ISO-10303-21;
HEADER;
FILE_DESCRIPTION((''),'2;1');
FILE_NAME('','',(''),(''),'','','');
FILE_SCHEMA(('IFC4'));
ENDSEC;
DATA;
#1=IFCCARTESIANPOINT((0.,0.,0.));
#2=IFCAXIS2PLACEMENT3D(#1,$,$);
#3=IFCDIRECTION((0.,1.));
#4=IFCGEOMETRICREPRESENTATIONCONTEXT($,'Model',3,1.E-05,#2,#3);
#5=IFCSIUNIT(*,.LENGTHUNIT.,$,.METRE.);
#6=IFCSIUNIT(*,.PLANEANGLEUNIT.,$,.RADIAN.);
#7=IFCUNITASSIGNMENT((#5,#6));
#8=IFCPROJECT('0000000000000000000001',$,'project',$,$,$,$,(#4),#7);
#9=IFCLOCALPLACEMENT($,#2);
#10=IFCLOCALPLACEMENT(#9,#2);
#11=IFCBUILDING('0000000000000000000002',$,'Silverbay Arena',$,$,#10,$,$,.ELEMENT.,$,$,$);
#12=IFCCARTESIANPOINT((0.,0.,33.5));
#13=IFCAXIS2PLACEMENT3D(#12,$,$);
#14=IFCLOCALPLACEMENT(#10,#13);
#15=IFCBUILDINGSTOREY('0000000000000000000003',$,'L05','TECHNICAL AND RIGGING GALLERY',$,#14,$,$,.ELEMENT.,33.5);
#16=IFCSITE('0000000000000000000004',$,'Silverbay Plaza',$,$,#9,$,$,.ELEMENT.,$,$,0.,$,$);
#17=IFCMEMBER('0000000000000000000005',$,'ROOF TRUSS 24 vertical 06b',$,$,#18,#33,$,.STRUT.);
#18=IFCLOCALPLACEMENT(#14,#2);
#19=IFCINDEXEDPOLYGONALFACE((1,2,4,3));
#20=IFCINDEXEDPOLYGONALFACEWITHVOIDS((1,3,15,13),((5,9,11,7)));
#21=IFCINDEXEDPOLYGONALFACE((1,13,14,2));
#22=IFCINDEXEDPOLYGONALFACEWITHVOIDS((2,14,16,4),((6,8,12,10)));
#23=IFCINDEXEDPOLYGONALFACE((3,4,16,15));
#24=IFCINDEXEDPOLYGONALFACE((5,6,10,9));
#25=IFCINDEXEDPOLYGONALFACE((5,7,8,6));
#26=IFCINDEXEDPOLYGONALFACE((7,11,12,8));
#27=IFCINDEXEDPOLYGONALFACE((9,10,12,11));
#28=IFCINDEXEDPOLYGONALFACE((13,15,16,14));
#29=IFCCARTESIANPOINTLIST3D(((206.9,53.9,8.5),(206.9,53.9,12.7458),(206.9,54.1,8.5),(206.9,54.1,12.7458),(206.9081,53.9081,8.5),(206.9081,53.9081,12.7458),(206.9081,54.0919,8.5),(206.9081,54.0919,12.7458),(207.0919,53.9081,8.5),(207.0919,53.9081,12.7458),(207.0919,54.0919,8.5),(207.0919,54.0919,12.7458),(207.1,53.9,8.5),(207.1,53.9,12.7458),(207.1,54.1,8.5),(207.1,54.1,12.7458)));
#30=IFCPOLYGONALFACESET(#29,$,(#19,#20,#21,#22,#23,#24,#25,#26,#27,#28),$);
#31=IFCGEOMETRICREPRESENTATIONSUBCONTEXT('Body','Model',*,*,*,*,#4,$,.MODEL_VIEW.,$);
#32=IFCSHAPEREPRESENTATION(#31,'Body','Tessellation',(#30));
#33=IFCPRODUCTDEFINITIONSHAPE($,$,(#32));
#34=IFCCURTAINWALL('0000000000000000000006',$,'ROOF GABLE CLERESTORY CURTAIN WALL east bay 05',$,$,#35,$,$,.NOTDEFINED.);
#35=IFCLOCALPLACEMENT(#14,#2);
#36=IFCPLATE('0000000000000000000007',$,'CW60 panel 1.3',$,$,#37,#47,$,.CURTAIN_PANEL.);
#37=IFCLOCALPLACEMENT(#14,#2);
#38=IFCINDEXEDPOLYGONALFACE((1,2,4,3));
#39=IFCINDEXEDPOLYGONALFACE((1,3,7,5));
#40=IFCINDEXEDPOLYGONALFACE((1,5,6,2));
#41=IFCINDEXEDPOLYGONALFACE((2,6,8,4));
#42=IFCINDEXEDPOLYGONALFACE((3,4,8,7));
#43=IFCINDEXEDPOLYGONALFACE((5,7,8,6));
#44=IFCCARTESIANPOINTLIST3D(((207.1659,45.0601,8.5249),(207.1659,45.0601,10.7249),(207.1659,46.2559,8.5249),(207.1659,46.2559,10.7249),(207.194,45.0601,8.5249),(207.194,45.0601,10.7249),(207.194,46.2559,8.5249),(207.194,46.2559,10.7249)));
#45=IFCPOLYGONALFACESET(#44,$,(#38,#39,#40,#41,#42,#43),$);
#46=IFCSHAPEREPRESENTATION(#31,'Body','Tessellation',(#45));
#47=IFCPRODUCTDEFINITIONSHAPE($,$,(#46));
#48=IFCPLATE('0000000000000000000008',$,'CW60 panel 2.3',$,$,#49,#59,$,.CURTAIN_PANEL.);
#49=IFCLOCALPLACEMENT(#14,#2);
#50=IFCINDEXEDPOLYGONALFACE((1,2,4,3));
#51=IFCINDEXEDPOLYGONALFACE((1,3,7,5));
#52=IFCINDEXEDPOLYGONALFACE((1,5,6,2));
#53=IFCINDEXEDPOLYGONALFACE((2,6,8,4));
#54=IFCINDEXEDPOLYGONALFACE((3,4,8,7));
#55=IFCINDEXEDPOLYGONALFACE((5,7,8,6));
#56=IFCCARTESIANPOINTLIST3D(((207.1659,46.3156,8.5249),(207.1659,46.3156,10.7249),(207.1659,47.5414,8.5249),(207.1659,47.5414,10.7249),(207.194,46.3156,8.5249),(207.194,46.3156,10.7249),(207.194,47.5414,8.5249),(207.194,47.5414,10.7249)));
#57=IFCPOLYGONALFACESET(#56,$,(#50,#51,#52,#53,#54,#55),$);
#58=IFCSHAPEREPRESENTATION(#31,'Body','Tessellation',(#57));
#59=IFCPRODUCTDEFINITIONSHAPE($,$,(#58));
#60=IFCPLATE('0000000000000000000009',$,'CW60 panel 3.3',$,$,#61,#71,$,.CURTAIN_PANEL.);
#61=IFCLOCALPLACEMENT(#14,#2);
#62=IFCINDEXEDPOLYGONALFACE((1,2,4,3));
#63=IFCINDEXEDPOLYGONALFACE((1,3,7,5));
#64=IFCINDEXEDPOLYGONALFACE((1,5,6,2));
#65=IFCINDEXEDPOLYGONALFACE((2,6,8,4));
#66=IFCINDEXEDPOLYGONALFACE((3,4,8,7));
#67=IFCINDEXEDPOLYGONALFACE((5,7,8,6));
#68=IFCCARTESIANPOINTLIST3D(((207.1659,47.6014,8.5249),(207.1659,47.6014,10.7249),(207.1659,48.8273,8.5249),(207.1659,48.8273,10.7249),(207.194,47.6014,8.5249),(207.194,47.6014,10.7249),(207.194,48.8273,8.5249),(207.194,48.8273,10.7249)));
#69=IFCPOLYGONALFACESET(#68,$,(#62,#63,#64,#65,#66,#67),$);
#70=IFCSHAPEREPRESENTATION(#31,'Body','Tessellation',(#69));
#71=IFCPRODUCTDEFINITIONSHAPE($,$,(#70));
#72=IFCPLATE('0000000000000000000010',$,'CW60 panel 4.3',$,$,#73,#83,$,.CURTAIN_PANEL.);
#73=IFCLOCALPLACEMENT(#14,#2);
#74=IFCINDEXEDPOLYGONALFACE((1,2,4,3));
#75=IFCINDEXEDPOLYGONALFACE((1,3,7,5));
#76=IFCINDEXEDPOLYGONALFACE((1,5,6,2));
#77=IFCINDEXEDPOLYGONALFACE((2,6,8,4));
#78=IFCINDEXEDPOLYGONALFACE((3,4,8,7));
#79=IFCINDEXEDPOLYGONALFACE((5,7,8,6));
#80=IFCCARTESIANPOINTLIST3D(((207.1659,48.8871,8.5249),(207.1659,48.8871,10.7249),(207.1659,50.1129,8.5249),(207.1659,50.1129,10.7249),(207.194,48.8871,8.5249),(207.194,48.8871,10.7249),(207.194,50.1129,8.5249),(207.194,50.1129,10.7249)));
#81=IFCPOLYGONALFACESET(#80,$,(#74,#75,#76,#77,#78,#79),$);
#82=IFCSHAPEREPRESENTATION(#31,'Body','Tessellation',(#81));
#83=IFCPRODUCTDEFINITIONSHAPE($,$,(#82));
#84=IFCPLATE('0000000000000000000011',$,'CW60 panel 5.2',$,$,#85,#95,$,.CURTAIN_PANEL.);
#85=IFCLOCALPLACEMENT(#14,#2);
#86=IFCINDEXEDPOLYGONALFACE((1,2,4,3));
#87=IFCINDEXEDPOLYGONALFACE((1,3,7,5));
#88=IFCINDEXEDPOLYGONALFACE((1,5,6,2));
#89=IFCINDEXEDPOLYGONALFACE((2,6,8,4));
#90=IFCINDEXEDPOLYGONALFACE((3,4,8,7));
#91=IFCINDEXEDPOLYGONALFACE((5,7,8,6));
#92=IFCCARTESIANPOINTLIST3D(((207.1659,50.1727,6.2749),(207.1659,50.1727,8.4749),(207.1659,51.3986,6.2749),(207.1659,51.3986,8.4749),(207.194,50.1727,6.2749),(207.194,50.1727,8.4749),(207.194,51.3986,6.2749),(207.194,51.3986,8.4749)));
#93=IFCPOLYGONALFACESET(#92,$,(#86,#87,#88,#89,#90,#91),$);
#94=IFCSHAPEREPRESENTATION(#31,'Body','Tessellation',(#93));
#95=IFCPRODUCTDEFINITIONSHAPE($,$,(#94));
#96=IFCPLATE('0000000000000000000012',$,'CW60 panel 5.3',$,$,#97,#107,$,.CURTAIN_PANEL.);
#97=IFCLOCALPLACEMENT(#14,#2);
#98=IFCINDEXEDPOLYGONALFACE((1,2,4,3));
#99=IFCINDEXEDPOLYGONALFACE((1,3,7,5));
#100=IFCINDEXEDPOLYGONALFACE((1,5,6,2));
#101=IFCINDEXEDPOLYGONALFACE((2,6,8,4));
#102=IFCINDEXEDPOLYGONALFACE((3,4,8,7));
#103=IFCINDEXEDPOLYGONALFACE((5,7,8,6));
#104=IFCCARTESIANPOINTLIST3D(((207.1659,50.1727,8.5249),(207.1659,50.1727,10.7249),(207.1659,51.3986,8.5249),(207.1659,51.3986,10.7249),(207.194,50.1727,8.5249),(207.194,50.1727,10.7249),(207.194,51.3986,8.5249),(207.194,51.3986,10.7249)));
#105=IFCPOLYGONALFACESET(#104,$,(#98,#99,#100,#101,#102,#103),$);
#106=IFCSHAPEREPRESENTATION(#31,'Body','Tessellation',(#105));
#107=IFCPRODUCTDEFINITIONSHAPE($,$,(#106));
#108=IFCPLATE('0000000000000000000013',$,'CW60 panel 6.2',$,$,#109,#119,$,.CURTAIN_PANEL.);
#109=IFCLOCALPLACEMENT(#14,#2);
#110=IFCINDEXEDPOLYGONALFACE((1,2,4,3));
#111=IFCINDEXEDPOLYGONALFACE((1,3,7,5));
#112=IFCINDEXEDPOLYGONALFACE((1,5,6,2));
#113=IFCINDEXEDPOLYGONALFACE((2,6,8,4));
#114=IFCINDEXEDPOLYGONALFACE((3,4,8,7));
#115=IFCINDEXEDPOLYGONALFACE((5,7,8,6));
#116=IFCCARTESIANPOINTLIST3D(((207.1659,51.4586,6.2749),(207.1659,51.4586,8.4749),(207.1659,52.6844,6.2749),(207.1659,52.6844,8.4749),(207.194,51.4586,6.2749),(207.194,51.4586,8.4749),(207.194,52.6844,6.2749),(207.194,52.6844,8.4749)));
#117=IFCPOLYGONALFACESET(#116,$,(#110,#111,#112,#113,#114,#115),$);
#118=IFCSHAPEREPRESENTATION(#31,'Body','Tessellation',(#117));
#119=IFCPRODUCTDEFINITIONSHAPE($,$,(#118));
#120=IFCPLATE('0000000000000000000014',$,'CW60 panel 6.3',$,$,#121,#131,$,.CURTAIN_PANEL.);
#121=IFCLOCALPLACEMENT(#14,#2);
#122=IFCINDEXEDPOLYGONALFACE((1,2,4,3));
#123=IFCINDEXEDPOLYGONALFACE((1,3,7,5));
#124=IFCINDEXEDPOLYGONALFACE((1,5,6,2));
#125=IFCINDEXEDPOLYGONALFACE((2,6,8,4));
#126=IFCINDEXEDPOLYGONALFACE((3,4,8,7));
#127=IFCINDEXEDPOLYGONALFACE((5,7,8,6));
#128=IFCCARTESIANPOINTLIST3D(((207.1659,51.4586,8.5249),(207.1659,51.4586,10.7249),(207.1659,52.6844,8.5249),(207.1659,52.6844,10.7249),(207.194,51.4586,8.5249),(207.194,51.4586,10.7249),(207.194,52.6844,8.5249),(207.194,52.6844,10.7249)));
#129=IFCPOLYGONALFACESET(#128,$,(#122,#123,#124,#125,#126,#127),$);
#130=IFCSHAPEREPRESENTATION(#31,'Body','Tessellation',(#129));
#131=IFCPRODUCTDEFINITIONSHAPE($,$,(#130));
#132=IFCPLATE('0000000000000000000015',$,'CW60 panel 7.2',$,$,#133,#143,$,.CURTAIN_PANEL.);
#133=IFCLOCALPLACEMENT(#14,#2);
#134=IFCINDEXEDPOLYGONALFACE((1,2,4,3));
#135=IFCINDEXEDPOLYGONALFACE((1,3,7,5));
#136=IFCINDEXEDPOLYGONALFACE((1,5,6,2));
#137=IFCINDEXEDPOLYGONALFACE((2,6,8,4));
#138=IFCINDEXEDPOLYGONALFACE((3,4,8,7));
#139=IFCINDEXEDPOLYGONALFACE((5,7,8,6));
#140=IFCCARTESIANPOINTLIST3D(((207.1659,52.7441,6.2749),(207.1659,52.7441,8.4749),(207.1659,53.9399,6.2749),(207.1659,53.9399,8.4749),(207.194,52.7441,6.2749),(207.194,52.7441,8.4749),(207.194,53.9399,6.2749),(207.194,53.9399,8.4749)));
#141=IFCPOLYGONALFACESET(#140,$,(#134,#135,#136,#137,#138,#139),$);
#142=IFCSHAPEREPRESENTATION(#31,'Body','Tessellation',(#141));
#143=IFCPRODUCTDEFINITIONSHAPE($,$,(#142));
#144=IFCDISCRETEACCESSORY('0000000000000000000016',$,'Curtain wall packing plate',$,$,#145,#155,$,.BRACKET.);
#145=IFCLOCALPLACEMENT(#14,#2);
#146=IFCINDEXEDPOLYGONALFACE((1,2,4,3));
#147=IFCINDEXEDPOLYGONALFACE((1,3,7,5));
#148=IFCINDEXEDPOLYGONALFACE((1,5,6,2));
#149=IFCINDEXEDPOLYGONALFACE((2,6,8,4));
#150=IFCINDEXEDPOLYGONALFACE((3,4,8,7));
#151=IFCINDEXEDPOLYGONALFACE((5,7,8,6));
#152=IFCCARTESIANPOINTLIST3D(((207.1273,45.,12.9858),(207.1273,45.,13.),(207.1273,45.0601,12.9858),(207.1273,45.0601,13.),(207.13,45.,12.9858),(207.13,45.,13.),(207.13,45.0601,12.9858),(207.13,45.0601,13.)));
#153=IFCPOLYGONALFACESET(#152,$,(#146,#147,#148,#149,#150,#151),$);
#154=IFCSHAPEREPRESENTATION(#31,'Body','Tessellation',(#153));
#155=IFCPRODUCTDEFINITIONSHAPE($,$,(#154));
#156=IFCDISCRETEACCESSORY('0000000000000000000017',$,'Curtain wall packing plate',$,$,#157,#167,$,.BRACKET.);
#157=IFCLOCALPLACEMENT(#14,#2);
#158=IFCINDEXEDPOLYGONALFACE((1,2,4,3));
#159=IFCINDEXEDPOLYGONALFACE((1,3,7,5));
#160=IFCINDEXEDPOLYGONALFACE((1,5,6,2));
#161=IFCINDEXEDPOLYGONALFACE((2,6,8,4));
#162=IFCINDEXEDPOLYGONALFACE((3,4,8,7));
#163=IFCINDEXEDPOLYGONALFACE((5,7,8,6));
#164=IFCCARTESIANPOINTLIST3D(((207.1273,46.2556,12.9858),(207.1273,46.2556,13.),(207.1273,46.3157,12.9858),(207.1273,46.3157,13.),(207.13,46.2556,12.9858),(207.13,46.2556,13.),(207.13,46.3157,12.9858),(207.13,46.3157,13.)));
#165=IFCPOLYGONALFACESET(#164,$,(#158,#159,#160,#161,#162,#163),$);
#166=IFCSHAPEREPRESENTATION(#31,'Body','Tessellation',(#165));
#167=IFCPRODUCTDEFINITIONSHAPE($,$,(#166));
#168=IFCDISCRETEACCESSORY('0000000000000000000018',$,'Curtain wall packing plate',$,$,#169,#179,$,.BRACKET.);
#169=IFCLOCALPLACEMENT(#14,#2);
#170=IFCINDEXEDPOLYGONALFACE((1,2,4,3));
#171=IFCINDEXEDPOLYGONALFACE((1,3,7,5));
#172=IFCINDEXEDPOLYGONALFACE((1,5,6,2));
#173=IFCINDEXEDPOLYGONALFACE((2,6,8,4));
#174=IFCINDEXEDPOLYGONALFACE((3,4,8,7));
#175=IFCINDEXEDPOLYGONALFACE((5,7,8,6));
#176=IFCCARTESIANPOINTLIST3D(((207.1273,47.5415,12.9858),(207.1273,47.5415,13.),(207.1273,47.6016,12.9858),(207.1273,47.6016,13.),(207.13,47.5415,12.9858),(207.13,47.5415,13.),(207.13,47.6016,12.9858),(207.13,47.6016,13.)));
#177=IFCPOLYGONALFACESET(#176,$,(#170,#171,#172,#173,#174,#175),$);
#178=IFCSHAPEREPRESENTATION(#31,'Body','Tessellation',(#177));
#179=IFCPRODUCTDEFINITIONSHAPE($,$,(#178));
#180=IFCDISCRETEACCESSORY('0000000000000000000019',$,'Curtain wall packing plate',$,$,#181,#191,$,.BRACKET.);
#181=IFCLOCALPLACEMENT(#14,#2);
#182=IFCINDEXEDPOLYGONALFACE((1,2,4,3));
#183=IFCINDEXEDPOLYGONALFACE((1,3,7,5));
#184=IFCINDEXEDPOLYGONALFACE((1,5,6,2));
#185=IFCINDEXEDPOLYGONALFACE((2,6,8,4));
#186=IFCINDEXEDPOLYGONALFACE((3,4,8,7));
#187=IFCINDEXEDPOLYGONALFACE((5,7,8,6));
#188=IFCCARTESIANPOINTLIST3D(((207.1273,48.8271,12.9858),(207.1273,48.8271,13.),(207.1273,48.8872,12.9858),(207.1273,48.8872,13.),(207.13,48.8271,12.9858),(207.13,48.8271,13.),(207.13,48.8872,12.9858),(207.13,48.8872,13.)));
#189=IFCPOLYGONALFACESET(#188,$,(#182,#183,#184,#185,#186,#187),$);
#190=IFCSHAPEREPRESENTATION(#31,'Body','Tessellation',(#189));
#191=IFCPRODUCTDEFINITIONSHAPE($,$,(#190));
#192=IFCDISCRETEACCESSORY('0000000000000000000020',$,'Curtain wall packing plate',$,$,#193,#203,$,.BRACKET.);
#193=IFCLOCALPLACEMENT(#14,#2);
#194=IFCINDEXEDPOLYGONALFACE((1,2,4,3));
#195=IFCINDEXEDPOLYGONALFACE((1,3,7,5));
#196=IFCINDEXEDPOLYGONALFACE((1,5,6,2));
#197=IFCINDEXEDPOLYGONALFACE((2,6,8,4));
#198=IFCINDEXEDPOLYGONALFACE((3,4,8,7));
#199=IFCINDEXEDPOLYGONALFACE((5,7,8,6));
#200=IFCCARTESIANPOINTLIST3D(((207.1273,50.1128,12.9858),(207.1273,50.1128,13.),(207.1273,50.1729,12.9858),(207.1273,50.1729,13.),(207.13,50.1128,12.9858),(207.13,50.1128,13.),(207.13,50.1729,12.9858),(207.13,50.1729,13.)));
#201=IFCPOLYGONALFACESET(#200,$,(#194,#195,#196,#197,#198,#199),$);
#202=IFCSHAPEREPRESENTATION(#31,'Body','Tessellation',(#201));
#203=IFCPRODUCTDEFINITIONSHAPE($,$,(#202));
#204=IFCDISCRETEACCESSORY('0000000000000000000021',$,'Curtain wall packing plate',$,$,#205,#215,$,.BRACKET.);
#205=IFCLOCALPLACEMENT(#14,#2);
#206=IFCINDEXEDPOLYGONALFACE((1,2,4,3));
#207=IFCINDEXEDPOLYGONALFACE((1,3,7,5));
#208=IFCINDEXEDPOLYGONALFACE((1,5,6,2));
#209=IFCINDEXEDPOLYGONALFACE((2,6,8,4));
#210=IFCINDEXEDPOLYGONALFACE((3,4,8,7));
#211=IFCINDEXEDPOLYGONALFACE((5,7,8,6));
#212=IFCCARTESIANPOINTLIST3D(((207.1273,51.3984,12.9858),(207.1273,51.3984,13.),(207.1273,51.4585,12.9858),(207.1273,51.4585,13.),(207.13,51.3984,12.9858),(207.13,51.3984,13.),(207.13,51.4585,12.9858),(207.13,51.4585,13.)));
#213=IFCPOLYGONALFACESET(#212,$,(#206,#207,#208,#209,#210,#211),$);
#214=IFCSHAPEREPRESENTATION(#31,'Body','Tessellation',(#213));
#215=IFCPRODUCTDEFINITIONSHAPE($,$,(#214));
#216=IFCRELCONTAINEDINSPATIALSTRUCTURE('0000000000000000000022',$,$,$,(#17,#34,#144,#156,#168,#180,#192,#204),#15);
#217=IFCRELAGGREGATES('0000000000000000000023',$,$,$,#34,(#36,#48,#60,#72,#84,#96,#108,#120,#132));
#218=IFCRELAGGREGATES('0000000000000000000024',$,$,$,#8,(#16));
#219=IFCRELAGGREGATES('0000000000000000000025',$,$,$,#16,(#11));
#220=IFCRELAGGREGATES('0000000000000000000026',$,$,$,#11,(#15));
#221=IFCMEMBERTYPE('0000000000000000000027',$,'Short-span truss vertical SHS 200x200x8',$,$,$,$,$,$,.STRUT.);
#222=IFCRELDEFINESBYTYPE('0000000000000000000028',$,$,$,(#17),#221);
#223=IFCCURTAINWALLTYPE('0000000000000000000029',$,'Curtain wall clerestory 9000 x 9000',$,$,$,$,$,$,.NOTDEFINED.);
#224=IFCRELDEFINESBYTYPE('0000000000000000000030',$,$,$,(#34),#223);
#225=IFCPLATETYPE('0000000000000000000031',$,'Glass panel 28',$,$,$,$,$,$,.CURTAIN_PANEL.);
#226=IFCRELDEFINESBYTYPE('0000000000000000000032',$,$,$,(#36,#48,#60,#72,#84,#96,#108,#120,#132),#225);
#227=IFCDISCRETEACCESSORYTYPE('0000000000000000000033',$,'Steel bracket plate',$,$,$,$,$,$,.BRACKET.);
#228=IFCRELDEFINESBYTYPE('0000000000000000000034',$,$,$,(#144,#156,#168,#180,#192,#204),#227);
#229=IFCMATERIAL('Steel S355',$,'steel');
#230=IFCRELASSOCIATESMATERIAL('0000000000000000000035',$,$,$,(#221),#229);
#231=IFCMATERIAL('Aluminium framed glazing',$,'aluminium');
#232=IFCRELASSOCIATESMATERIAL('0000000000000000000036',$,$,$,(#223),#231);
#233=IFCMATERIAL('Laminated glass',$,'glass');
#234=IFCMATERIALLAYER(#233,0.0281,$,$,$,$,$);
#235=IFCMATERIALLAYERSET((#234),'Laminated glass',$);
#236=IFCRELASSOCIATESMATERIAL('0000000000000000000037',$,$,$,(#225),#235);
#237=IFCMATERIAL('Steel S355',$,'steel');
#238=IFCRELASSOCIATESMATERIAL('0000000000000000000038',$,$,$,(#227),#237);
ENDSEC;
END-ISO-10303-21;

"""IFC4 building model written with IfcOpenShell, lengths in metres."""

from ifc_helpers import new_model, si_unit, direction, frame, origin, origin_2d, place, context, subcontext, project, spatial, rectangle, hollow_rectangle, extrude, material, layer, layer_set, material_profile, profile_set, type_object, element, aggregate, save


model = new_model("IFC4")

# Units and contexts
model_context = context("Model", 3, precision=1e-05, world=origin(), true_north=direction((0.0, 1.0)))
body_context = subcontext(model_context, "Body", "Model", "MODEL_VIEW")
ifc_project = project(units=[si_unit("LENGTHUNIT", "METRE"), si_unit("PLANEANGLEUNIT", "RADIAN")], contexts=[model_context])

# Site, building, storey
site_placement = place(None, origin())
site = spatial("IfcSite", under=ifc_project, at=site_placement, Name="Silverbay Plaza", CompositionType="ELEMENT", RefElevation=0.0)
building_placement = place(site_placement, origin())
building = spatial("IfcBuilding", under=site, at=building_placement, Name="Silverbay Arena", CompositionType="ELEMENT")
storey_placement = place(building_placement, frame((0.0, 0.0, 33.5)))
storey = spatial("IfcBuildingStorey", under=building, at=storey_placement, Name="L05", Description="TECHNICAL AND RIGGING GALLERY", CompositionType="ELEMENT", Elevation=33.5)

# Member
ifc_material_1 = material(Name="Steel S355", Category="steel")
ifc_material_profile_1 = material_profile(ifc_material_1, hollow_rectangle(XDim=0.2, YDim=0.2, WallThickness=0.0081, at=origin_2d()), Name="SHS 200x200x8")
ifc_profile_set_1 = profile_set([ifc_material_profile_1], Name="Steel S355")
member_type_1 = type_object("IfcMemberType", Name="Short-span truss vertical SHS 200x200x8", PredefinedType="STRUT", material=ifc_profile_set_1)
for number, where, z_axis, x_axis, name in (
    (1, (207.0, 54.0, 8.5), (0.0, 0.0, 1.0), (1.0, 0.0, 0.0), "ROOF TRUSS 24 vertical 06b"),
):
    element("IfcMember", number, at=place(storey_placement, frame(where, z_axis=z_axis, x_axis=x_axis)), inside=storey, type_object=member_type_1, Name=name, PredefinedType="STRUT", context=body_context, shape_type="SweptSolid", body=[
        extrude(hollow_rectangle(XDim=0.2, YDim=0.2, WallThickness=0.0081, at=origin_2d()), origin(), (0.0, 0.0, 1.0), 4.2458),
    ])

# Curtain wall, plates
ifc_material_2 = material(Name="Aluminium framed glazing", Category="aluminium")
curtain_wall_type = type_object("IfcCurtainWallType", Name="Curtain wall clerestory 9000 x 9000", PredefinedType="NOTDEFINED", material=ifc_material_2)
curtain_wall_placement = place(storey_placement, origin())
curtain_wall = element("IfcCurtainWall", 2, at=curtain_wall_placement, inside=storey, type_object=curtain_wall_type, Name="ROOF GABLE CLERESTORY CURTAIN WALL east bay 05", PredefinedType="NOTDEFINED")
ifc_material_3 = material(Name="Laminated glass", Category="glass")
ifc_layer = layer(ifc_material_3, 0.0281)
ifc_layer_set = layer_set([ifc_layer], Name="Laminated glass")
plate_type = type_object("IfcPlateType", Name="Glass panel 28", PredefinedType="CURTAIN_PANEL", material=ifc_layer_set)
plate_1_placement = place(storey_placement, frame((207.1799, 45.658, 8.5249), z_axis=(0.0, 0.0, 1.0), x_axis=(0.0, 1.0, 0.0)))
plate_1 = element("IfcPlate", 3, at=plate_1_placement, type_object=plate_type, Name="CW60 panel 1.3", PredefinedType="CURTAIN_PANEL", context=body_context, shape_type="SweptSolid", body=[
    extrude(rectangle(XDim=1.1958, YDim=0.0281, at=origin_2d()), origin(), (0.0, 0.0, 1.0), 2.2),
])
plate_2_placement = place(storey_placement, frame((207.1799, 46.9285, 8.5249), z_axis=(0.0, 0.0, 1.0), x_axis=(0.0, 1.0, 0.0)))
plate_2 = element("IfcPlate", 4, at=plate_2_placement, type_object=plate_type, Name="CW60 panel 2.3", PredefinedType="CURTAIN_PANEL", context=body_context, shape_type="SweptSolid", body=[
    extrude(rectangle(XDim=1.2258, YDim=0.0281, at=origin_2d()), origin(), (0.0, 0.0, 1.0), 2.2),
])
plate_3_placement = place(storey_placement, frame((207.1799, 48.2144, 8.5249), z_axis=(0.0, 0.0, 1.0), x_axis=(0.0, 1.0, 0.0)))
plate_3 = element("IfcPlate", 5, at=plate_3_placement, type_object=plate_type, Name="CW60 panel 3.3", PredefinedType="CURTAIN_PANEL", context=body_context, shape_type="SweptSolid", body=[
    extrude(rectangle(XDim=1.2258, YDim=0.0281, at=origin_2d()), origin(), (0.0, 0.0, 1.0), 2.2),
])
plate_4_placement = place(storey_placement, frame((207.1799, 49.5, 8.5249), z_axis=(0.0, 0.0, 1.0), x_axis=(0.0, 1.0, 0.0)))
plate_4 = element("IfcPlate", 6, at=plate_4_placement, type_object=plate_type, Name="CW60 panel 4.3", PredefinedType="CURTAIN_PANEL", context=body_context, shape_type="SweptSolid", body=[
    extrude(rectangle(XDim=1.2258, YDim=0.0281, at=origin_2d()), origin(), (0.0, 0.0, 1.0), 2.2),
])
plate_5_placement = place(storey_placement, frame((207.1799, 50.7856, 6.2749), z_axis=(0.0, 0.0, 1.0), x_axis=(0.0, 1.0, 0.0)))
plate_5 = element("IfcPlate", 7, at=plate_5_placement, type_object=plate_type, Name="CW60 panel 5.2", PredefinedType="CURTAIN_PANEL", context=body_context, shape_type="SweptSolid", body=[
    extrude(rectangle(XDim=1.2258, YDim=0.0281, at=origin_2d()), origin(), (0.0, 0.0, 1.0), 2.2),
])
plate_6_placement = place(storey_placement, frame((207.1799, 50.7856, 8.5249), z_axis=(0.0, 0.0, 1.0), x_axis=(0.0, 1.0, 0.0)))
plate_6 = element("IfcPlate", 8, at=plate_6_placement, type_object=plate_type, Name="CW60 panel 5.3", PredefinedType="CURTAIN_PANEL", context=body_context, shape_type="SweptSolid", body=[
    extrude(rectangle(XDim=1.2258, YDim=0.0281, at=origin_2d()), origin(), (0.0, 0.0, 1.0), 2.2),
])
plate_7_placement = place(storey_placement, frame((207.1799, 52.0715, 6.2749), z_axis=(0.0, 0.0, 1.0), x_axis=(0.0, 1.0, 0.0)))
plate_7 = element("IfcPlate", 9, at=plate_7_placement, type_object=plate_type, Name="CW60 panel 6.2", PredefinedType="CURTAIN_PANEL", context=body_context, shape_type="SweptSolid", body=[
    extrude(rectangle(XDim=1.2258, YDim=0.0281, at=origin_2d()), origin(), (0.0, 0.0, 1.0), 2.2),
])
plate_8_placement = place(storey_placement, frame((207.1799, 52.0715, 8.5249), z_axis=(0.0, 0.0, 1.0), x_axis=(0.0, 1.0, 0.0)))
plate_8 = element("IfcPlate", 10, at=plate_8_placement, type_object=plate_type, Name="CW60 panel 6.3", PredefinedType="CURTAIN_PANEL", context=body_context, shape_type="SweptSolid", body=[
    extrude(rectangle(XDim=1.2258, YDim=0.0281, at=origin_2d()), origin(), (0.0, 0.0, 1.0), 2.2),
])
plate_9_placement = place(storey_placement, frame((207.1799, 53.342, 6.2749), z_axis=(0.0, 0.0, 1.0), x_axis=(0.0, 1.0, 0.0)))
plate_9 = element("IfcPlate", 11, at=plate_9_placement, type_object=plate_type, Name="CW60 panel 7.2", PredefinedType="CURTAIN_PANEL", context=body_context, shape_type="SweptSolid", body=[
    extrude(rectangle(XDim=1.1958, YDim=0.0281, at=origin_2d()), origin(), (0.0, 0.0, 1.0), 2.2),
])
aggregate(curtain_wall, [plate_1, plate_2, plate_3, plate_4, plate_5, plate_6, plate_7, plate_8, plate_9])

# Discrete accessories
ifc_material_4 = material(Name="Steel S355", Category="steel")
discrete_accessory_type = type_object("IfcDiscreteAccessoryType", Name="Steel bracket plate", PredefinedType="BRACKET", material=ifc_material_4)
for number, where, z_axis, x_axis, name in (
    (12, (207.1287, 45.03, 12.9858), (0.0, 0.0, 1.0), (1.0, 0.0, 0.0), "Curtain wall packing plate"),
    (13, (207.1287, 46.2856, 12.9858), (0.0, 0.0, 1.0), (1.0, 0.0, 0.0), "Curtain wall packing plate"),
    (14, (207.1287, 47.5715, 12.9858), (0.0, 0.0, 1.0), (1.0, 0.0, 0.0), "Curtain wall packing plate"),
    (15, (207.1287, 48.8572, 12.9858), (0.0, 0.0, 1.0), (1.0, 0.0, 0.0), "Curtain wall packing plate"),
    (16, (207.1287, 50.1428, 12.9858), (0.0, 0.0, 1.0), (1.0, 0.0, 0.0), "Curtain wall packing plate"),
    (17, (207.1287, 51.4285, 12.9858), (0.0, 0.0, 1.0), (1.0, 0.0, 0.0), "Curtain wall packing plate"),
):
    element("IfcDiscreteAccessory", number, at=place(storey_placement, frame(where, z_axis=z_axis, x_axis=x_axis)), inside=storey, type_object=discrete_accessory_type, Name=name, PredefinedType="BRACKET", context=body_context, shape_type="SweptSolid", body=[
        extrude(rectangle(XDim=0.0027, YDim=0.0601, at=origin_2d()), origin(), (0.0, 0.0, 1.0), 0.0142),
    ])

save(model, "model.ifc")
